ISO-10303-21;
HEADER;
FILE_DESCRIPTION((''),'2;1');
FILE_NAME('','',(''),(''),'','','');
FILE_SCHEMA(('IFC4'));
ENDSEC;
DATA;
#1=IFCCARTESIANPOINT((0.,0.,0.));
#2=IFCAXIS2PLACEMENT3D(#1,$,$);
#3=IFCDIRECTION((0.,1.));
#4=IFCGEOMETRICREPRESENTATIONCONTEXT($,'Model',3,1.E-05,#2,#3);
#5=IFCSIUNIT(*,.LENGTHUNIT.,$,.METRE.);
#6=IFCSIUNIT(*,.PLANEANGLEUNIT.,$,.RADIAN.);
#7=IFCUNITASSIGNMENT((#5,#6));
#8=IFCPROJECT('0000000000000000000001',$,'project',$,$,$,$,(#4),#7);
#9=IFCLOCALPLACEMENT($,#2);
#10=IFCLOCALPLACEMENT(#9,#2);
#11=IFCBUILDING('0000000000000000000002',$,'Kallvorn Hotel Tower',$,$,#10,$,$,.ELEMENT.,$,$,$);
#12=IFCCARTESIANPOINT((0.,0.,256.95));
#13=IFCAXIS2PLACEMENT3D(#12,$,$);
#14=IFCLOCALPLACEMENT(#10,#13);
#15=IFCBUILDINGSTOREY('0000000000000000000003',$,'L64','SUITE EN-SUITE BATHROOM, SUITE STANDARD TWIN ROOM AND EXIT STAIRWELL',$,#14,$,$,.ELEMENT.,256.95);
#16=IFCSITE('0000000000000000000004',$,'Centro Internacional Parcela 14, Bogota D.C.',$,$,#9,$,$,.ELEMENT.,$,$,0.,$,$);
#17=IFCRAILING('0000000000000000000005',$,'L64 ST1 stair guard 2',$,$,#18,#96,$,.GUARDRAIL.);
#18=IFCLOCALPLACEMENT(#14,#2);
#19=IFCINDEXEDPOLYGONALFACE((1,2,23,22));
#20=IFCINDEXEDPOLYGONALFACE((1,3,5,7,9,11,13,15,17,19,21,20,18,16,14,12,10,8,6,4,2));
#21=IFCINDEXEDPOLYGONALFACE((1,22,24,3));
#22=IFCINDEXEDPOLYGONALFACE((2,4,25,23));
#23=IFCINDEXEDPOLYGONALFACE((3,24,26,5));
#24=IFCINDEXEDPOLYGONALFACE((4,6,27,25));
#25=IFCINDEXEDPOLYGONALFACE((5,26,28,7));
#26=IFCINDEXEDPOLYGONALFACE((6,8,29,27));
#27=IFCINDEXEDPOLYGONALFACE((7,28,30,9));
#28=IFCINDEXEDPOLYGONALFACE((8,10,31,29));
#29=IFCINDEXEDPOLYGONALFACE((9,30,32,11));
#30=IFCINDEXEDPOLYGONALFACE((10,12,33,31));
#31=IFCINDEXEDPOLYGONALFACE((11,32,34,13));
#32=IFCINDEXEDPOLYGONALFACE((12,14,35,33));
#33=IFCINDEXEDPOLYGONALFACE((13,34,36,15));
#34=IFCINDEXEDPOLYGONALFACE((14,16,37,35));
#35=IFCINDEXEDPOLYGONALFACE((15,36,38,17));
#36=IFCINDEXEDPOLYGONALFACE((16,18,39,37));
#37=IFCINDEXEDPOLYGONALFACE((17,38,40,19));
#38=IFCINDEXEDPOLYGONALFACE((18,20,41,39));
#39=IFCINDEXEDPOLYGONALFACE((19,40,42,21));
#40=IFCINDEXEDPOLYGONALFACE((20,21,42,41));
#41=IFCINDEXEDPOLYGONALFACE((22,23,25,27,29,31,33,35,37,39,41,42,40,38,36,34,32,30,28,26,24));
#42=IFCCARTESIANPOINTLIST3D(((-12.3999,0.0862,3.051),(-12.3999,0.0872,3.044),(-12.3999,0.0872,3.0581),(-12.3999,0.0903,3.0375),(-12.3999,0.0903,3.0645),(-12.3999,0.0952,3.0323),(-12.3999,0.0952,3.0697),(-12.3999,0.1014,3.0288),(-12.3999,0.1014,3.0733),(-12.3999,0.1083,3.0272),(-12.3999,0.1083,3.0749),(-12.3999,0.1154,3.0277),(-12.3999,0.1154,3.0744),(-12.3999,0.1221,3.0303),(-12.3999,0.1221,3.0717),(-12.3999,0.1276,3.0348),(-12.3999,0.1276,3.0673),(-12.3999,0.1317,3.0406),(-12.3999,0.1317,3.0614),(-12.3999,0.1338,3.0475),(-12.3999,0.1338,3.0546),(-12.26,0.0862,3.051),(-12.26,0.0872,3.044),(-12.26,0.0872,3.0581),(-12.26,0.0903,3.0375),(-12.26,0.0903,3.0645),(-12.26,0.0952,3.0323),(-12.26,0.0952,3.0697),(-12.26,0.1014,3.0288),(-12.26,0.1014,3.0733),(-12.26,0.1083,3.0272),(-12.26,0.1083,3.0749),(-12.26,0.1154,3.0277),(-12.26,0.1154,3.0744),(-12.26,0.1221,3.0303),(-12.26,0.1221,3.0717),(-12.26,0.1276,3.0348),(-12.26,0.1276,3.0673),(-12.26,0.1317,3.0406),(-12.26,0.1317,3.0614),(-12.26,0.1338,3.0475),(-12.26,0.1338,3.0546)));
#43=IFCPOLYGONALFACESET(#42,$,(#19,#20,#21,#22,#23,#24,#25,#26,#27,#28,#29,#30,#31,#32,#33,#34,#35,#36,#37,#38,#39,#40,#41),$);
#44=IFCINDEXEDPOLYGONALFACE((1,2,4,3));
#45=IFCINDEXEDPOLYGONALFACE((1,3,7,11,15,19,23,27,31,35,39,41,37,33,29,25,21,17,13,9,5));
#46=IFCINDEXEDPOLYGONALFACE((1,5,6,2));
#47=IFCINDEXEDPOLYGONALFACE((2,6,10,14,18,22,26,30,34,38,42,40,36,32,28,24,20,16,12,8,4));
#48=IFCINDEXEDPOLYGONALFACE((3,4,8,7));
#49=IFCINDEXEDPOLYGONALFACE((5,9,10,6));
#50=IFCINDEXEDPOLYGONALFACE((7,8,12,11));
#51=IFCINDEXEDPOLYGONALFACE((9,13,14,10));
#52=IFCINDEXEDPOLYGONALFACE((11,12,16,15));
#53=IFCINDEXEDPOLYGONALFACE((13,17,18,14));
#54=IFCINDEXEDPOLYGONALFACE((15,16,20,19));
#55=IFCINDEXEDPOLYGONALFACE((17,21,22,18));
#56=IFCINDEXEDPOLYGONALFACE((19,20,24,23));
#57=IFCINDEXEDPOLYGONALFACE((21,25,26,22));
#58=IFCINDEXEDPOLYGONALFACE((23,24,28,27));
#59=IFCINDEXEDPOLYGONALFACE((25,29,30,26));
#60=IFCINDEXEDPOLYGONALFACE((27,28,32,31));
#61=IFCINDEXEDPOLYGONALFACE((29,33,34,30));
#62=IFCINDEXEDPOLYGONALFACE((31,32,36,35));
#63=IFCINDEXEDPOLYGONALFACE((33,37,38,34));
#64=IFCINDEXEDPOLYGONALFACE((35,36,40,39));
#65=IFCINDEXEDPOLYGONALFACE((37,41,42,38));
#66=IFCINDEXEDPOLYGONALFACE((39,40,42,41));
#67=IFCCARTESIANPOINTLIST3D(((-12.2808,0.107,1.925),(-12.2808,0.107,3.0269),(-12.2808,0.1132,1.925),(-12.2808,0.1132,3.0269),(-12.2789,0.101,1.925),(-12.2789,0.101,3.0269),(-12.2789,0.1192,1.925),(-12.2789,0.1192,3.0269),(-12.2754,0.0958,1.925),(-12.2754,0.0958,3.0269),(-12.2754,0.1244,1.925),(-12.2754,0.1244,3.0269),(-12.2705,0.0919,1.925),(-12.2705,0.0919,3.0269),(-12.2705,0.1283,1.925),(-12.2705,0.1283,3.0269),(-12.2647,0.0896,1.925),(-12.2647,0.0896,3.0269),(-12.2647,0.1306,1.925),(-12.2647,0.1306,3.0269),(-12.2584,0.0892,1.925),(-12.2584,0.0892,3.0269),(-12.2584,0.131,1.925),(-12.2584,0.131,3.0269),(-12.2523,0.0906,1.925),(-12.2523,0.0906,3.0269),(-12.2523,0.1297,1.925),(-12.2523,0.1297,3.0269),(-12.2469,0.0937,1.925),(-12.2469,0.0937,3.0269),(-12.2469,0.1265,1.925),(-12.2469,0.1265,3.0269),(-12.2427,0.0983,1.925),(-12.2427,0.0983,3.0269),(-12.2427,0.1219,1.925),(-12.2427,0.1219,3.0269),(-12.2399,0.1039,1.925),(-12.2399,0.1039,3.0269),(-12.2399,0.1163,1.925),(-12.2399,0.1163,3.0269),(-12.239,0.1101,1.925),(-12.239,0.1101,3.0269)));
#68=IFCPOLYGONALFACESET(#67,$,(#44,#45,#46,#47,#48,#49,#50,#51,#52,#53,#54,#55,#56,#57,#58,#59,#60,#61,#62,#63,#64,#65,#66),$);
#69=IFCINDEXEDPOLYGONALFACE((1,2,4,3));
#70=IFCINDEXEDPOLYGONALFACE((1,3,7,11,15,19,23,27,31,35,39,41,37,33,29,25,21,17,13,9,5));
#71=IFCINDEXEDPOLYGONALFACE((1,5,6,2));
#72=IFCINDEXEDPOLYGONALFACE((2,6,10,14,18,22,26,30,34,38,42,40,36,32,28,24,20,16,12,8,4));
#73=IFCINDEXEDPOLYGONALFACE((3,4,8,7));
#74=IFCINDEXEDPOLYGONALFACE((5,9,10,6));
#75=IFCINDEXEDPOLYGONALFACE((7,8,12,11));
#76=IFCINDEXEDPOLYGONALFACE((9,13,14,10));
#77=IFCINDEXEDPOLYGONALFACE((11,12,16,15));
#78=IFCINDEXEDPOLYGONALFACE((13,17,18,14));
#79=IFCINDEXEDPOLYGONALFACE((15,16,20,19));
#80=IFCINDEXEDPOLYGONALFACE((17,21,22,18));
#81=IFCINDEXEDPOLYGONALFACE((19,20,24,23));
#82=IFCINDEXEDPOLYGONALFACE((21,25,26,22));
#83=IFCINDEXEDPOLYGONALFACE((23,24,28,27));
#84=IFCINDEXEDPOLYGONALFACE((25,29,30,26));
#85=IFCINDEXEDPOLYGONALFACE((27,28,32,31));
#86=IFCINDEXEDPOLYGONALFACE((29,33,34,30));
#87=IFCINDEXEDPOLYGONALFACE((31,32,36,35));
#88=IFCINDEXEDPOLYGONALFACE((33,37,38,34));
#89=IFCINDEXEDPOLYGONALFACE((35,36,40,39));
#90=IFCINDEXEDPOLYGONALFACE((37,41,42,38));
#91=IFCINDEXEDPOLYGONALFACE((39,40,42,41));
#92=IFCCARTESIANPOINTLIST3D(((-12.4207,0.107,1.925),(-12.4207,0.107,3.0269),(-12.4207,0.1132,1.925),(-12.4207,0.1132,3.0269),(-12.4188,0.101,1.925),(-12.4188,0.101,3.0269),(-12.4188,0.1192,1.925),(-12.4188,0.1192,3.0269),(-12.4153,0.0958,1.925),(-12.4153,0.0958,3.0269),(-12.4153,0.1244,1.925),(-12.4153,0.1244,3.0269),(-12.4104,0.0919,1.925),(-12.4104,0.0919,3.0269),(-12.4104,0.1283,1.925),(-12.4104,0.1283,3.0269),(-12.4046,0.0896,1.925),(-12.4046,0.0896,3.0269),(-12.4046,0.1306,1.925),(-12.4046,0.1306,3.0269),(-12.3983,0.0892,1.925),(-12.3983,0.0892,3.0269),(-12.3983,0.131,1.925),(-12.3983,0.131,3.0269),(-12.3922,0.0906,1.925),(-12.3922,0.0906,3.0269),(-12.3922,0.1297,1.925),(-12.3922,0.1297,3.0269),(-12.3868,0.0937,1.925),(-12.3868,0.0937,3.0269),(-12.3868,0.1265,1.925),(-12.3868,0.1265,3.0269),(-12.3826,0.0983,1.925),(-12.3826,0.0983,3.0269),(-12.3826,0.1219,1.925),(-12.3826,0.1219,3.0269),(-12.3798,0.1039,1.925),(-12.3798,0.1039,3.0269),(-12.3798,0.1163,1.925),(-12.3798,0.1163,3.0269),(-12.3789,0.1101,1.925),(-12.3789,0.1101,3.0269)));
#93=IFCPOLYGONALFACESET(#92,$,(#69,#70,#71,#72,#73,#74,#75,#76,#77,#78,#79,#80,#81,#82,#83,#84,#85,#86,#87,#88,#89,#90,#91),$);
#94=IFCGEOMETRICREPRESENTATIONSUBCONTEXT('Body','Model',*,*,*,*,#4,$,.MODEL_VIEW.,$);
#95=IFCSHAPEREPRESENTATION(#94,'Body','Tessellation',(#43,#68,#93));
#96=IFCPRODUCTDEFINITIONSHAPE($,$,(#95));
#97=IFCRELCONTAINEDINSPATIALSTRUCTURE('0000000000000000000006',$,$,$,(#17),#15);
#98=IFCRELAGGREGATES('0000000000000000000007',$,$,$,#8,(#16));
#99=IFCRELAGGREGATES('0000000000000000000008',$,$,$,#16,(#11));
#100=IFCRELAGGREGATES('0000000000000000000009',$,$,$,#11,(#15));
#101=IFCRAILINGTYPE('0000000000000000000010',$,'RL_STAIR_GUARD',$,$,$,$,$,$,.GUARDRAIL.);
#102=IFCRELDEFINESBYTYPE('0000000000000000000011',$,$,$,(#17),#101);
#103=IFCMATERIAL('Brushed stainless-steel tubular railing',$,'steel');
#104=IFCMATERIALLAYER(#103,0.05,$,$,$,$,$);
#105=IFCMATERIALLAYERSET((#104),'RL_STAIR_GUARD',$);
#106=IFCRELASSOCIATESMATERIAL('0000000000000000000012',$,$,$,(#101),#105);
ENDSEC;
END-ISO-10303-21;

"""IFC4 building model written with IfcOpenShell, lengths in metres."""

from ifc_helpers import new_model, si_unit, direction, frame, origin, origin_2d, place, context, subcontext, project, spatial, circle, extrude, material, layer, layer_set, type_object, element, save


model = new_model("IFC4")

# Units and contexts
model_context = context("Model", 3, precision=1e-05, world=origin(), true_north=direction((0.0, 1.0)))
body_context = subcontext(model_context, "Body", "Model", "MODEL_VIEW")
ifc_project = project(units=[si_unit("LENGTHUNIT", "METRE"), si_unit("PLANEANGLEUNIT", "RADIAN")], contexts=[model_context])

# Site, building, storey
site_placement = place(None, origin())
site = spatial("IfcSite", under=ifc_project, at=site_placement, Name="Centro Internacional Parcela 14, Bogota D.C.", CompositionType="ELEMENT", RefElevation=0.0)
building_placement = place(site_placement, origin())
building = spatial("IfcBuilding", under=site, at=building_placement, Name="Kallvorn Hotel Tower", CompositionType="ELEMENT")
storey_placement = place(building_placement, frame((0.0, 0.0, 256.95)))
storey = spatial("IfcBuildingStorey", under=building, at=storey_placement, Name="L64", Description="SUITE EN-SUITE BATHROOM, SUITE STANDARD TWIN ROOM AND EXIT STAIRWELL", CompositionType="ELEMENT", Elevation=256.95)

# Railing
ifc_material_1 = material(Name="Brushed stainless-steel tubular railing", Category="steel")
ifc_layer_1 = layer(ifc_material_1, 0.05)
ifc_layer_set_1 = layer_set([ifc_layer_1], Name="RL_STAIR_GUARD")
railing_type_1 = type_object("IfcRailingType", Name="RL_STAIR_GUARD", PredefinedType="GUARDRAIL", material=ifc_layer_set_1)
railing_1_placement = place(storey_placement, frame((-12.26, 0.1101, 1.925)))
element("IfcRailing", 1, at=railing_1_placement, inside=storey, type_object=railing_type_1, Name="L64 ST1 stair guard 2", PredefinedType="GUARDRAIL", context=body_context, shape_type="SweptSolid", body=[
    extrude(circle(Radius=0.0239, at=origin_2d()), frame((0.0, 0.0, 1.126), z_axis=(-1.0, 0.0, 0.0), x_axis=(0.0, -1.0, 0.0)), (0.0, 0.0, 1.0), 0.1399),
    extrude(circle(Radius=0.021, at=origin_2d()), origin(), (0.0, 0.0, 1.0), 1.1018),
    extrude(circle(Radius=0.021, at=origin_2d()), frame((-0.1399, 0.0, 0.0)), (0.0, 0.0, 1.0), 1.1018),
])

save(model, "model.ifc")
